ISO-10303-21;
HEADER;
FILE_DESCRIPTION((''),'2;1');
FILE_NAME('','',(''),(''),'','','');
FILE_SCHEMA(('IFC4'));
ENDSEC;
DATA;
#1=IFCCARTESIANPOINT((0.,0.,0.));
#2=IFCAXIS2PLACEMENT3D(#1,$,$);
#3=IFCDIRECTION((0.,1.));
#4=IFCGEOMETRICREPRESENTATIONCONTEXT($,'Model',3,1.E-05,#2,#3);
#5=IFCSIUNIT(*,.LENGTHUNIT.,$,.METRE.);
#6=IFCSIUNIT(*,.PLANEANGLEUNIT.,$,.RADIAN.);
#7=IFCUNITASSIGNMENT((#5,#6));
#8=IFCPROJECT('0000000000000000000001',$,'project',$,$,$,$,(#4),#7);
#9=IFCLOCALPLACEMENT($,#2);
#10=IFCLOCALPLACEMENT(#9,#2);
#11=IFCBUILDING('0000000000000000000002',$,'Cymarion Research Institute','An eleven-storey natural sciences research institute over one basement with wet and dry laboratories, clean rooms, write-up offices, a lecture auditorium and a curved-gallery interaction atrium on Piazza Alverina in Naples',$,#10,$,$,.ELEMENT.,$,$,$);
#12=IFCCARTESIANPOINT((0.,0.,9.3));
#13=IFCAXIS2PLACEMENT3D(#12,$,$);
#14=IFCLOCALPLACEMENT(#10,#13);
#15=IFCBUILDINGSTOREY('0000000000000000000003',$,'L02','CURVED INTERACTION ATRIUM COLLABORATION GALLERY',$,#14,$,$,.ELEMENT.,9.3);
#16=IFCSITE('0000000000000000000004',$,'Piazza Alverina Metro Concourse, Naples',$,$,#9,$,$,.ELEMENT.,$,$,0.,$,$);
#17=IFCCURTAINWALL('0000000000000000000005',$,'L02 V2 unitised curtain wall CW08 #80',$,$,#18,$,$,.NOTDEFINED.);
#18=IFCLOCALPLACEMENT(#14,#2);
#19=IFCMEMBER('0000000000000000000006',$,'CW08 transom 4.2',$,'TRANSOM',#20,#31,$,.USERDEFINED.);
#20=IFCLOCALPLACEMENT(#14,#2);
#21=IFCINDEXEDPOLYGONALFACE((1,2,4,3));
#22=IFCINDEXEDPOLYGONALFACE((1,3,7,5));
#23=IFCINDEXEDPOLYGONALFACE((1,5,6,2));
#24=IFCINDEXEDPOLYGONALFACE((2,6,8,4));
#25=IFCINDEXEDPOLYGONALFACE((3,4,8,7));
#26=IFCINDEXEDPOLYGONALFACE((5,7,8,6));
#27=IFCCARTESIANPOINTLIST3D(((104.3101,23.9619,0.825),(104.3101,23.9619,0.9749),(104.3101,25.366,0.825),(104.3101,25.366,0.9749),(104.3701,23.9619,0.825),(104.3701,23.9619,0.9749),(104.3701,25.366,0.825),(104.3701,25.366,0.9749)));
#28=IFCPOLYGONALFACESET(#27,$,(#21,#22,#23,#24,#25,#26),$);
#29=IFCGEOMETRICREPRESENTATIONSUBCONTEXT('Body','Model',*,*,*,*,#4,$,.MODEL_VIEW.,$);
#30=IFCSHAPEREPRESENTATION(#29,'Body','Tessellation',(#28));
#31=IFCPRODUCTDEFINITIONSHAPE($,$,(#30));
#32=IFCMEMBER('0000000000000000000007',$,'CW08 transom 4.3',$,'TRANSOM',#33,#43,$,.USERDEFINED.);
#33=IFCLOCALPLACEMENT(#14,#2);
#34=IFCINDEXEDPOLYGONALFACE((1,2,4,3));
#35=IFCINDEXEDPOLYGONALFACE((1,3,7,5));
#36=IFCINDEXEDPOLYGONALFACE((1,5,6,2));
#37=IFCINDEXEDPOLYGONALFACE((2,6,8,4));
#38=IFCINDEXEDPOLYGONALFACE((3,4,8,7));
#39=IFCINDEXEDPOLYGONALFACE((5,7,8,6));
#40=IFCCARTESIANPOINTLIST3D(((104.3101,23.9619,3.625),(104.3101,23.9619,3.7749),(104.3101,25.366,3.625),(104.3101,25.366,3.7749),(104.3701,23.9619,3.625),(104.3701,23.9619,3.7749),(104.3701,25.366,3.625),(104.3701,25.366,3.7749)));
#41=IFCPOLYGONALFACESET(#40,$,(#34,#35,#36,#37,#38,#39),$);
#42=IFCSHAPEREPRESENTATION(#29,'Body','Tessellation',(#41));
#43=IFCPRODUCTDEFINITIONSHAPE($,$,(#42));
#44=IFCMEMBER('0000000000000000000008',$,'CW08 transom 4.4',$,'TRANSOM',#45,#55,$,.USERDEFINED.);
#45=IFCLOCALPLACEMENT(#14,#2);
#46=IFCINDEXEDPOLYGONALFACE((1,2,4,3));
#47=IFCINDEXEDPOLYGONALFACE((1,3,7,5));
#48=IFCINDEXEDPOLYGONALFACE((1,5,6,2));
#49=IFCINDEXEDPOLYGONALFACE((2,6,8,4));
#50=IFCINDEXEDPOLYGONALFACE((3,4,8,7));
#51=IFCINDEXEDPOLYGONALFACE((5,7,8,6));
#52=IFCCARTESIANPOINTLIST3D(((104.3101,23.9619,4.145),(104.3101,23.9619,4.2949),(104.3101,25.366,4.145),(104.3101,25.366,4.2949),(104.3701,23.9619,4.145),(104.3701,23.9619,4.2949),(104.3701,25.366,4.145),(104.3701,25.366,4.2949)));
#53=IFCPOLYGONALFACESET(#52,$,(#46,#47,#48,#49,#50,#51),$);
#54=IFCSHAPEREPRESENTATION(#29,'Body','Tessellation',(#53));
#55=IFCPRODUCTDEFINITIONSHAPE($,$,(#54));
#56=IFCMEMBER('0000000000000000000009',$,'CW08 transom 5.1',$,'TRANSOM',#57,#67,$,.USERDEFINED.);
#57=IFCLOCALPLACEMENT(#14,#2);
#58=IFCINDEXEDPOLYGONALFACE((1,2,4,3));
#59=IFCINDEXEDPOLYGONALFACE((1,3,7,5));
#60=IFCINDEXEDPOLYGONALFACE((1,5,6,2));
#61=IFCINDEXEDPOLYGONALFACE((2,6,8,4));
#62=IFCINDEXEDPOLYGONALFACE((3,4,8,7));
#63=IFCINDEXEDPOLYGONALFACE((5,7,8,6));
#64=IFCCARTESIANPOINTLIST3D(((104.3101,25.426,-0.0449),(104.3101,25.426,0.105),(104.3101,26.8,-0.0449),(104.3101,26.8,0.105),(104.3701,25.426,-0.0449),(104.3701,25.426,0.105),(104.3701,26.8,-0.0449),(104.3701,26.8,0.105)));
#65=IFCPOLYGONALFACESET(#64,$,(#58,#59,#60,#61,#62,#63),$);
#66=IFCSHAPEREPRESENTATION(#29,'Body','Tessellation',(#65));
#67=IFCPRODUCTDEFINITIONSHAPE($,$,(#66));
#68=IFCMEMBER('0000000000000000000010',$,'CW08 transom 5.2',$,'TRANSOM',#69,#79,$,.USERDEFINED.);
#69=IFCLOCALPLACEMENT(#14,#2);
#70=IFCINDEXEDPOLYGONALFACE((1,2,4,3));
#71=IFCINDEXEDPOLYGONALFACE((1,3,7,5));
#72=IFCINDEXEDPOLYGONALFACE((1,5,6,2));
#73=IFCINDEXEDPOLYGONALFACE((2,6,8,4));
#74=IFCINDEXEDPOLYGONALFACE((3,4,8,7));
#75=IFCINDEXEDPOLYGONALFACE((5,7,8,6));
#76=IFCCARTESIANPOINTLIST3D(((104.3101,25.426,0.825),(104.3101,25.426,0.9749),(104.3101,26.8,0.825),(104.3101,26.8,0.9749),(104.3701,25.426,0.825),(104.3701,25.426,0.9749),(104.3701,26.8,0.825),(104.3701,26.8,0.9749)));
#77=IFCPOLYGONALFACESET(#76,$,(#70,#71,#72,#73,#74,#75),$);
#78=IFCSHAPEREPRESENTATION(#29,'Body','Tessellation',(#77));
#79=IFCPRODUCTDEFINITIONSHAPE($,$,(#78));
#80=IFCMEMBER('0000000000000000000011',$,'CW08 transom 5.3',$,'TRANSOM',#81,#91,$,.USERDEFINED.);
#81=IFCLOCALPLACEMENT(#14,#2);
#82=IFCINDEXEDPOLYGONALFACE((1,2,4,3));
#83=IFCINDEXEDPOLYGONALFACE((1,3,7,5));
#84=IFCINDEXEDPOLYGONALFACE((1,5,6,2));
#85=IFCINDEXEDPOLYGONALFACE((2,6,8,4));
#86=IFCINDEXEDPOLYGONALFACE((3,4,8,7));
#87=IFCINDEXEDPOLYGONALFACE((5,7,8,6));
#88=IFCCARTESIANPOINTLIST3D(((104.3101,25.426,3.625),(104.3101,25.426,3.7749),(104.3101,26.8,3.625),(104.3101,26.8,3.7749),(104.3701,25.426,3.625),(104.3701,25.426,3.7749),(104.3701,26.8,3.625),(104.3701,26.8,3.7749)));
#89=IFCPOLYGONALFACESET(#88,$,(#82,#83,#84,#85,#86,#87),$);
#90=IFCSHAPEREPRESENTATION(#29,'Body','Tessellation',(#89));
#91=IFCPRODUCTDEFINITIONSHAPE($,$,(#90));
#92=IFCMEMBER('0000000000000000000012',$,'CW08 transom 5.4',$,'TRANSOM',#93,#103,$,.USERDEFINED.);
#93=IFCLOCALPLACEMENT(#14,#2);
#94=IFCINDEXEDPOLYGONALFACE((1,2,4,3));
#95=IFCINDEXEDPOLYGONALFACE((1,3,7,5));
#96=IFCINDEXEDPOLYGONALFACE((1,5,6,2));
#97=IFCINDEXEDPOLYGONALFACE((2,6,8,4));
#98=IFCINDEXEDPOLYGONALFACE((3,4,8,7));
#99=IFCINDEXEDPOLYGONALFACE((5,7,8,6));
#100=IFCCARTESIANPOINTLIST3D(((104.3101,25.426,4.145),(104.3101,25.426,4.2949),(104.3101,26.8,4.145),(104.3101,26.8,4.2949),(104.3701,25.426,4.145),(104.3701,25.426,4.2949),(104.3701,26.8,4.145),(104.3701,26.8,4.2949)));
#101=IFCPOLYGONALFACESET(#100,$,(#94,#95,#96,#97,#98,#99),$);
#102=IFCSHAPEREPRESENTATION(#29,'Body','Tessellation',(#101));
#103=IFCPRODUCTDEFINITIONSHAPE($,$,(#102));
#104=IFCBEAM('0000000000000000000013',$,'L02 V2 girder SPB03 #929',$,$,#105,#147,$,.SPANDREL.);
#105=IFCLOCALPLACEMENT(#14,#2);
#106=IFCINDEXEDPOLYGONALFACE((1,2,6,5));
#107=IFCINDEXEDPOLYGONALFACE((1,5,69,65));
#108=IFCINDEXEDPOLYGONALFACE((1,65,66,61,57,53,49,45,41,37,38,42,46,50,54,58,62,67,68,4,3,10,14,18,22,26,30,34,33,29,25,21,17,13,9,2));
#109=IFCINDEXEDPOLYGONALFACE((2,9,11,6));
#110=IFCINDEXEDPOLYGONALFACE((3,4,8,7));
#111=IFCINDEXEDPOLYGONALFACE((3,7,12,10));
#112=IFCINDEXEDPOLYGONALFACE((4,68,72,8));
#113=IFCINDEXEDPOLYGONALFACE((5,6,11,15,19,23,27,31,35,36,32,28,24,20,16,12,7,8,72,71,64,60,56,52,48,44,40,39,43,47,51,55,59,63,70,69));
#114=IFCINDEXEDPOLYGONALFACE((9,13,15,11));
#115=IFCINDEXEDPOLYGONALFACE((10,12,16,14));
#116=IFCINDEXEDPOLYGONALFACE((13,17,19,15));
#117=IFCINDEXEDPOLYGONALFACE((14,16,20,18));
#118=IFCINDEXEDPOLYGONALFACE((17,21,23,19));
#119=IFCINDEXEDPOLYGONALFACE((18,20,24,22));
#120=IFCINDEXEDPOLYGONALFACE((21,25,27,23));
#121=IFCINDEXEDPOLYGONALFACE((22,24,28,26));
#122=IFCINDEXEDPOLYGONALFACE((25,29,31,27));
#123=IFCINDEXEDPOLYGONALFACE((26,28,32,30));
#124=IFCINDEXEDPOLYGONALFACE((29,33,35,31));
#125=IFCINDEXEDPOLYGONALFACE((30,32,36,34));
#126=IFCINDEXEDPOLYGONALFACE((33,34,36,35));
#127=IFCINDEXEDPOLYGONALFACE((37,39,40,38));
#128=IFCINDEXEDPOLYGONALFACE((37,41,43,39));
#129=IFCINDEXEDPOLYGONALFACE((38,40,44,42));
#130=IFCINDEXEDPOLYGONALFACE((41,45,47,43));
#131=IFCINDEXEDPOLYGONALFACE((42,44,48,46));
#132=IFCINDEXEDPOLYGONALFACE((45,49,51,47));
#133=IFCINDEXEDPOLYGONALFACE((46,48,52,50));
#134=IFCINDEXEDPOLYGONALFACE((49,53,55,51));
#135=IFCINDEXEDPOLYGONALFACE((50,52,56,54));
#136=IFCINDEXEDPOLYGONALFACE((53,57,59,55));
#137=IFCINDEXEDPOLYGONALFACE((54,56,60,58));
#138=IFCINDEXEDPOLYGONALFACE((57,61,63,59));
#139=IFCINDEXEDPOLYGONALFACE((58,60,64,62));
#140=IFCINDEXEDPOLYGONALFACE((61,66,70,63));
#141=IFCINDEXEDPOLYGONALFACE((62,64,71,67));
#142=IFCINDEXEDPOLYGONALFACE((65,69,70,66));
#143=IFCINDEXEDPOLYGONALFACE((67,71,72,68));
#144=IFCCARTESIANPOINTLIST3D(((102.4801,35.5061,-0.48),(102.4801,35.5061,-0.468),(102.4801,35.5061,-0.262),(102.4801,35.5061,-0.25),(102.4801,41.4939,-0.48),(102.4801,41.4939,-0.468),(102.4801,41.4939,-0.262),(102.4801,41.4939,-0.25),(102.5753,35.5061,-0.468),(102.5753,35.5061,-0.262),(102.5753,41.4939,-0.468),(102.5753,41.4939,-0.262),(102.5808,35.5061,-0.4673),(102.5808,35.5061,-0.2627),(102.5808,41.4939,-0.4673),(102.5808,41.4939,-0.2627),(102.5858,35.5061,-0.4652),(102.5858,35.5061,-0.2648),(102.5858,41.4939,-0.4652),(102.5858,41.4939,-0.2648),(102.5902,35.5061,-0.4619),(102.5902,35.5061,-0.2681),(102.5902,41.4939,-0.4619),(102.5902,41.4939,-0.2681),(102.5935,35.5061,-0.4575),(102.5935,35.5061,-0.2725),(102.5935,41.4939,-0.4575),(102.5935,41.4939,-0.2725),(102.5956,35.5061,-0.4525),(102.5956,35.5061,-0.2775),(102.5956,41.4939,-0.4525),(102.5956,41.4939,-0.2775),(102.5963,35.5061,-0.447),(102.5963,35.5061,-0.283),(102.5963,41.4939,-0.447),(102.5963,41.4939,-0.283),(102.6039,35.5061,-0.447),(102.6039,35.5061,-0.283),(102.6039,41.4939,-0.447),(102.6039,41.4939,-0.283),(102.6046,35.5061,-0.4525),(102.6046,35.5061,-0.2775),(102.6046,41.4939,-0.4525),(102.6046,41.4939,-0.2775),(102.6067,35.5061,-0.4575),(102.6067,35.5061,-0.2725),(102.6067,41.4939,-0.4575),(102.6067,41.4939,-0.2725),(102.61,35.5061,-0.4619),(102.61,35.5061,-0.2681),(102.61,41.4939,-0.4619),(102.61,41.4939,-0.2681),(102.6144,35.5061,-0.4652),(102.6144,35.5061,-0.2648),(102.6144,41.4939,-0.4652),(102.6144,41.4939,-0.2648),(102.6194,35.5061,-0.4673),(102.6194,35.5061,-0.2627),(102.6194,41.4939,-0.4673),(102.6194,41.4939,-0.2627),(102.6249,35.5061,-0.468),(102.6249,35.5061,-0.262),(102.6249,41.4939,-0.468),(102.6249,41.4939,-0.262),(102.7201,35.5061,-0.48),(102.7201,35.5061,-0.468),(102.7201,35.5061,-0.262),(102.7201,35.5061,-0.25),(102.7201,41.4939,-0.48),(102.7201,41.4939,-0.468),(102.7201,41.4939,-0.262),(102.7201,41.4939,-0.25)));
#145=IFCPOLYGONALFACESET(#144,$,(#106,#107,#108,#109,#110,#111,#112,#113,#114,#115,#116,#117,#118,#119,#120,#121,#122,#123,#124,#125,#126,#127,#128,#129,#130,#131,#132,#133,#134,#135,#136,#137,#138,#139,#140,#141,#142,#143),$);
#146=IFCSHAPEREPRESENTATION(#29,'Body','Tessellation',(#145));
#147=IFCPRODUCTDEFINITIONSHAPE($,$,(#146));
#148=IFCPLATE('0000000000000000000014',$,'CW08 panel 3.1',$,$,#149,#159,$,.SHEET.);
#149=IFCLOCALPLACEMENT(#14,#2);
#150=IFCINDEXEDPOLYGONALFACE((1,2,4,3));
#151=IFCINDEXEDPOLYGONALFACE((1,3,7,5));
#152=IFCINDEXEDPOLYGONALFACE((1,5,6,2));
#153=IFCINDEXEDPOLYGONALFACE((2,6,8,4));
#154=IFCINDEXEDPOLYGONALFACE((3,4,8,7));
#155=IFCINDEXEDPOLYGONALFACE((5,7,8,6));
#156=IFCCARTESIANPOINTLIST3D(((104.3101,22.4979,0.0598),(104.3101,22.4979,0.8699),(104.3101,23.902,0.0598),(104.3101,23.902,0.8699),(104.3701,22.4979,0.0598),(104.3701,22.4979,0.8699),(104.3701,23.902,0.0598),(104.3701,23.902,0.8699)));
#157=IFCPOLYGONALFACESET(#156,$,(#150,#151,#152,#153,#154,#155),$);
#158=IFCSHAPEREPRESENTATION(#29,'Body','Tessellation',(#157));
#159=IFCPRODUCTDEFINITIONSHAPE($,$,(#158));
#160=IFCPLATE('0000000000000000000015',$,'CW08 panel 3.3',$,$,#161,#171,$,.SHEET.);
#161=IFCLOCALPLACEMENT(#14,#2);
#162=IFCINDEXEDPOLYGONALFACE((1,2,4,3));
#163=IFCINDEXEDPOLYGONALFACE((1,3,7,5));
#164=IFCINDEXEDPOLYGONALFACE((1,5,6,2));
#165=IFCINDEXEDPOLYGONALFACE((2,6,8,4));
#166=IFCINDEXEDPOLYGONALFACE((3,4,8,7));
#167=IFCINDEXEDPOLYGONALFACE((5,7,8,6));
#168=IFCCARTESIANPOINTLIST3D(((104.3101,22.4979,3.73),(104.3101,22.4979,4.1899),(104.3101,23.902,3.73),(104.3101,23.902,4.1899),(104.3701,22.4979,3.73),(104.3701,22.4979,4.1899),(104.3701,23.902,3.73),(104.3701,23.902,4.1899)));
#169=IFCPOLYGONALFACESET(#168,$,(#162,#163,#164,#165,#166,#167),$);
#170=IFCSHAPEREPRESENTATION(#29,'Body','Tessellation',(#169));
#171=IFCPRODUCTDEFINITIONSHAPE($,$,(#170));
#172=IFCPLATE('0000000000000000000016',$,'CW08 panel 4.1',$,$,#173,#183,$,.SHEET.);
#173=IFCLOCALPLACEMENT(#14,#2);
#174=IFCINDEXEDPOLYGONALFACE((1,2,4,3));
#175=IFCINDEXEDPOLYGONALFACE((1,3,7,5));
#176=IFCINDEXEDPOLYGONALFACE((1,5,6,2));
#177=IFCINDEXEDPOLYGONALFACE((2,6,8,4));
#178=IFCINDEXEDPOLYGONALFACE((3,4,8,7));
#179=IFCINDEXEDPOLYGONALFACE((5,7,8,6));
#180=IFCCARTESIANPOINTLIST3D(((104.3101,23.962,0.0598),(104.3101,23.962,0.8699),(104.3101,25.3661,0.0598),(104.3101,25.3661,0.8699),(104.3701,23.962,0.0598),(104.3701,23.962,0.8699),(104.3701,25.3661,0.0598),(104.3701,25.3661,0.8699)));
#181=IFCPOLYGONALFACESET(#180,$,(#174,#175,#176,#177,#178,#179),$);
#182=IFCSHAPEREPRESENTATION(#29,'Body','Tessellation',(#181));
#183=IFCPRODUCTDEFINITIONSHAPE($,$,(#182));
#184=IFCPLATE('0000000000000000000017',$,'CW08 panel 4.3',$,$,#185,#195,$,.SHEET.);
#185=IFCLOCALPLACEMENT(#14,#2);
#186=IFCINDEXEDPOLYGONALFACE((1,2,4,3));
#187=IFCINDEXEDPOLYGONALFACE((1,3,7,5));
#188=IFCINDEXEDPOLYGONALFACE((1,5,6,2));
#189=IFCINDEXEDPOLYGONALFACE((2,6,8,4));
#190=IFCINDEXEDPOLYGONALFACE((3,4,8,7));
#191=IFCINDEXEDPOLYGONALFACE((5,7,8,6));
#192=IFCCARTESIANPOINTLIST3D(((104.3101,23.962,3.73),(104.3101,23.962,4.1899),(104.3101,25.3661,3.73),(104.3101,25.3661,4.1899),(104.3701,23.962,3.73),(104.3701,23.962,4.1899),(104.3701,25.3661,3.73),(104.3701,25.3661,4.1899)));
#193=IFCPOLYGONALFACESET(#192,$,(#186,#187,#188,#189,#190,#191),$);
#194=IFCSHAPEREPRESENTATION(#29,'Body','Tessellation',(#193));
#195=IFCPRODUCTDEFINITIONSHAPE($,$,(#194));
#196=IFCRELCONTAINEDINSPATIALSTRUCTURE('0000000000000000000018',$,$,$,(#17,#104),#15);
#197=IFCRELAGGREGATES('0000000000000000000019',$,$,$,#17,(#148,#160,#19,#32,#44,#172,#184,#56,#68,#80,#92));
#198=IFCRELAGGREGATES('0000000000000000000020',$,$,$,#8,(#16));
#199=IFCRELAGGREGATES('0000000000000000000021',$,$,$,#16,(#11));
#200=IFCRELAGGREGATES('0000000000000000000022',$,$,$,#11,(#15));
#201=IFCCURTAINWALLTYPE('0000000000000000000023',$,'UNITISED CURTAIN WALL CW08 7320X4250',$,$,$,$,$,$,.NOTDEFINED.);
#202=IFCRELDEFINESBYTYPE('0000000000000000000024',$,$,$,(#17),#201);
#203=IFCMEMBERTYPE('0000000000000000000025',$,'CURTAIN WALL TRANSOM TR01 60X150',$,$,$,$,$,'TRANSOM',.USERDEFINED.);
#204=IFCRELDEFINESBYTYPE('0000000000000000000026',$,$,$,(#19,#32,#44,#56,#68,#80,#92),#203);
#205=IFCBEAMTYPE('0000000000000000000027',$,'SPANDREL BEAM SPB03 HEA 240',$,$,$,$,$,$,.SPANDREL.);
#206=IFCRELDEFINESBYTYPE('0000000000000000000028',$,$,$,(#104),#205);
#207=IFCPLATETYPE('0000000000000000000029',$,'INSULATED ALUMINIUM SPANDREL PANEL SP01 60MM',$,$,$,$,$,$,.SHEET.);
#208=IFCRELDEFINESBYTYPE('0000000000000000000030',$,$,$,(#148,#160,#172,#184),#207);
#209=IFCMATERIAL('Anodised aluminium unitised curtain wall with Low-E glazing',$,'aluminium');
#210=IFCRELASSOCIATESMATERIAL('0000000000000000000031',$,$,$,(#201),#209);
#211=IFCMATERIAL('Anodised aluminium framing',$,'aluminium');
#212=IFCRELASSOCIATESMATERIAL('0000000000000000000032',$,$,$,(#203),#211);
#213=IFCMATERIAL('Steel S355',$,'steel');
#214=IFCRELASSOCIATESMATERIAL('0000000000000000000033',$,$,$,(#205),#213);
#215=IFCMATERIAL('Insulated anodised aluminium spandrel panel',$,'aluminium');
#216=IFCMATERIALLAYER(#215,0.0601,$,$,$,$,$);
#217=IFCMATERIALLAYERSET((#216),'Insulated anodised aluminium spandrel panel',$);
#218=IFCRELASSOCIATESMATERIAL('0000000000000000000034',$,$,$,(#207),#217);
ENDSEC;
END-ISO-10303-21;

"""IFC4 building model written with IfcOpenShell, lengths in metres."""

from ifc_helpers import new_model, si_unit, direction, frame, origin, origin_2d, place, context, subcontext, project, spatial, rectangle, i_section, extrude, material, layer, layer_set, material_profile, profile_set, type_object, element, aggregate, save


model = new_model("IFC4")

# Units and contexts
model_context = context("Model", 3, precision=1e-05, world=origin(), true_north=direction((0.0, 1.0)))
body_context = subcontext(model_context, "Body", "Model", "MODEL_VIEW")
ifc_project = project(units=[si_unit("LENGTHUNIT", "METRE"), si_unit("PLANEANGLEUNIT", "RADIAN")], contexts=[model_context])

# Site, building, storey
site_placement = place(None, origin())
site = spatial("IfcSite", under=ifc_project, at=site_placement, Name="Piazza Alverina Metro Concourse, Naples", CompositionType="ELEMENT", RefElevation=0.0)
building_placement = place(site_placement, origin())
building = spatial("IfcBuilding", under=site, at=building_placement, Name="Cymarion Research Institute", Description="An eleven-storey natural sciences research institute over one basement with wet and dry laboratories, clean rooms, write-up offices, a lecture auditorium and a curved-gallery interaction atrium on Piazza Alverina in Naples", CompositionType="ELEMENT")
storey_placement = place(building_placement, frame((0.0, 0.0, 9.3)))
storey = spatial("IfcBuildingStorey", under=building, at=storey_placement, Name="L02", Description="CURVED INTERACTION ATRIUM COLLABORATION GALLERY", CompositionType="ELEMENT", Elevation=9.3)

# Shared definitions
ifc_material_1 = material(Name="Steel S355", Category="steel")

# Curtain wall
ifc_material_2 = material(Name="Anodised aluminium unitised curtain wall with Low-E glazing", Category="aluminium")
curtain_wall_type = type_object("IfcCurtainWallType", Name="UNITISED CURTAIN WALL CW08 7320X4250", PredefinedType="NOTDEFINED", material=ifc_material_2)
curtain_wall_1_placement = place(storey_placement, origin())
curtain_wall_1 = element("IfcCurtainWall", 1, at=curtain_wall_1_placement, inside=storey, type_object=curtain_wall_type, Name="L02 V2 unitised curtain wall CW08 #80", PredefinedType="NOTDEFINED")
ifc_material_3 = material(Name="Anodised aluminium framing", Category="aluminium")

# Members
ifc_material_profile_1 = material_profile(ifc_material_3, rectangle(XDim=0.0601, YDim=0.1499, at=origin_2d()), Name="ALU TRANSOM 60x150")
ifc_profile_set_1 = profile_set([ifc_material_profile_1], Name="Anodised aluminium framing")
member_type_1 = type_object("IfcMemberType", Name="CURTAIN WALL TRANSOM TR01 60X150", ElementType="TRANSOM", PredefinedType="USERDEFINED", material=ifc_profile_set_1)
member_1_placement = place(storey_placement, frame((104.3401, 23.9619, 0.8999), z_axis=(0.0, 1.0, 0.0), x_axis=(-1.0, 0.0, 0.0)))
member_1 = element("IfcMember", 2, at=member_1_placement, type_object=member_type_1, Name="CW08 transom 4.2", ObjectType="TRANSOM", PredefinedType="USERDEFINED", context=body_context, shape_type="SweptSolid", body=[
    extrude(rectangle(XDim=0.0601, YDim=0.1499, at=origin_2d()), origin(), (0.0, 0.0, 1.0), 1.4041),
])
member_2_placement = place(storey_placement, frame((104.3401, 23.9619, 3.7), z_axis=(0.0, 1.0, 0.0), x_axis=(-1.0, 0.0, 0.0)))
member_2 = element("IfcMember", 3, at=member_2_placement, type_object=member_type_1, Name="CW08 transom 4.3", ObjectType="TRANSOM", PredefinedType="USERDEFINED", context=body_context, shape_type="SweptSolid", body=[
    extrude(rectangle(XDim=0.0601, YDim=0.1499, at=origin_2d()), origin(), (0.0, 0.0, 1.0), 1.4041),
])
member_3_placement = place(storey_placement, frame((104.3401, 23.9619, 4.22), z_axis=(0.0, 1.0, 0.0), x_axis=(-1.0, 0.0, 0.0)))
member_3 = element("IfcMember", 4, at=member_3_placement, type_object=member_type_1, Name="CW08 transom 4.4", ObjectType="TRANSOM", PredefinedType="USERDEFINED", context=body_context, shape_type="SweptSolid", body=[
    extrude(rectangle(XDim=0.0601, YDim=0.1499, at=origin_2d()), origin(), (0.0, 0.0, 1.0), 1.4041),
])
member_4_placement = place(storey_placement, frame((104.3401, 25.426, 0.03), z_axis=(0.0, 1.0, 0.0), x_axis=(-1.0, 0.0, 0.0)))
member_4 = element("IfcMember", 5, at=member_4_placement, type_object=member_type_1, Name="CW08 transom 5.1", ObjectType="TRANSOM", PredefinedType="USERDEFINED", context=body_context, shape_type="SweptSolid", body=[
    extrude(rectangle(XDim=0.0601, YDim=0.1499, at=origin_2d()), origin(), (0.0, 0.0, 1.0), 1.374),
])
member_5_placement = place(storey_placement, frame((104.3401, 25.426, 0.8999), z_axis=(0.0, 1.0, 0.0), x_axis=(-1.0, 0.0, 0.0)))
member_5 = element("IfcMember", 6, at=member_5_placement, type_object=member_type_1, Name="CW08 transom 5.2", ObjectType="TRANSOM", PredefinedType="USERDEFINED", context=body_context, shape_type="SweptSolid", body=[
    extrude(rectangle(XDim=0.0601, YDim=0.1499, at=origin_2d()), origin(), (0.0, 0.0, 1.0), 1.374),
])
member_6_placement = place(storey_placement, frame((104.3401, 25.426, 3.7), z_axis=(0.0, 1.0, 0.0), x_axis=(-1.0, 0.0, 0.0)))
member_6 = element("IfcMember", 7, at=member_6_placement, type_object=member_type_1, Name="CW08 transom 5.3", ObjectType="TRANSOM", PredefinedType="USERDEFINED", context=body_context, shape_type="SweptSolid", body=[
    extrude(rectangle(XDim=0.0601, YDim=0.1499, at=origin_2d()), origin(), (0.0, 0.0, 1.0), 1.374),
])
member_7_placement = place(storey_placement, frame((104.3401, 25.426, 4.22), z_axis=(0.0, 1.0, 0.0), x_axis=(-1.0, 0.0, 0.0)))
member_7 = element("IfcMember", 8, at=member_7_placement, type_object=member_type_1, Name="CW08 transom 5.4", ObjectType="TRANSOM", PredefinedType="USERDEFINED", context=body_context, shape_type="SweptSolid", body=[
    extrude(rectangle(XDim=0.0601, YDim=0.1499, at=origin_2d()), origin(), (0.0, 0.0, 1.0), 1.374),
])

# Beam
ifc_material_profile_2 = material_profile(ifc_material_1, i_section(OverallWidth=0.24, OverallDepth=0.23, WebThickness=0.0076, FlangeThickness=0.012, FilletRadius=0.021, at=origin_2d()), Name="HEA 240")
ifc_profile_set_2 = profile_set([ifc_material_profile_2], Name="Steel S355")
beam_type = type_object("IfcBeamType", Name="SPANDREL BEAM SPB03 HEA 240", PredefinedType="SPANDREL", material=ifc_profile_set_2)
beam_placement = place(storey_placement, frame((102.6001, 35.5061, -0.365), z_axis=(0.0, 1.0, 0.0), x_axis=(-1.0, 0.0, 0.0)))
element("IfcBeam", 9, at=beam_placement, inside=storey, type_object=beam_type, Name="L02 V2 girder SPB03 #929", PredefinedType="SPANDREL", context=body_context, shape_type="SweptSolid", body=[
    extrude(i_section(OverallWidth=0.24, OverallDepth=0.23, WebThickness=0.0076, FlangeThickness=0.012, FilletRadius=0.021, at=origin_2d()), origin(), (0.0, 0.0, 1.0), 5.9878),
])

# Plates
ifc_material_4 = material(Name="Insulated anodised aluminium spandrel panel", Category="aluminium")
ifc_layer_1 = layer(ifc_material_4, 0.0601)
ifc_layer_set_1 = layer_set([ifc_layer_1], Name="Insulated anodised aluminium spandrel panel")
plate_type_1 = type_object("IfcPlateType", Name="INSULATED ALUMINIUM SPANDREL PANEL SP01 60MM", PredefinedType="SHEET", material=ifc_layer_set_1)
plate_1_placement = place(storey_placement, frame((104.3401, 23.2, 0.0598), z_axis=(0.0, 0.0, 1.0), x_axis=(0.0, 1.0, 0.0)))
plate_1 = element("IfcPlate", 10, at=plate_1_placement, type_object=plate_type_1, Name="CW08 panel 3.1", PredefinedType="SHEET", context=body_context, shape_type="SweptSolid", body=[
    extrude(rectangle(XDim=1.4041, YDim=0.0601, at=origin_2d()), origin(), (0.0, 0.0, 1.0), 0.8101),
])
plate_2_placement = place(storey_placement, frame((104.3401, 23.2, 3.73), z_axis=(0.0, 0.0, 1.0), x_axis=(0.0, 1.0, 0.0)))
plate_2 = element("IfcPlate", 11, at=plate_2_placement, type_object=plate_type_1, Name="CW08 panel 3.3", PredefinedType="SHEET", context=body_context, shape_type="SweptSolid", body=[
    extrude(rectangle(XDim=1.4041, YDim=0.0601, at=origin_2d()), origin(), (0.0, 0.0, 1.0), 0.46),
])
plate_3_placement = place(storey_placement, frame((104.3401, 24.6641, 0.0598), z_axis=(0.0, 0.0, 1.0), x_axis=(0.0, 1.0, 0.0)))
plate_3 = element("IfcPlate", 12, at=plate_3_placement, type_object=plate_type_1, Name="CW08 panel 4.1", PredefinedType="SHEET", context=body_context, shape_type="SweptSolid", body=[
    extrude(rectangle(XDim=1.4041, YDim=0.0601, at=origin_2d()), origin(), (0.0, 0.0, 1.0), 0.8101),
])
plate_4_placement = place(storey_placement, frame((104.3401, 24.6641, 3.73), z_axis=(0.0, 0.0, 1.0), x_axis=(0.0, 1.0, 0.0)))
plate_4 = element("IfcPlate", 13, at=plate_4_placement, type_object=plate_type_1, Name="CW08 panel 4.3", PredefinedType="SHEET", context=body_context, shape_type="SweptSolid", body=[
    extrude(rectangle(XDim=1.4041, YDim=0.0601, at=origin_2d()), origin(), (0.0, 0.0, 1.0), 0.46),
])
aggregate(curtain_wall_1, [plate_1, plate_2, member_1, member_2, member_3, plate_3, plate_4, member_4, member_5, member_6, member_7])

save(model, "model.ifc")
